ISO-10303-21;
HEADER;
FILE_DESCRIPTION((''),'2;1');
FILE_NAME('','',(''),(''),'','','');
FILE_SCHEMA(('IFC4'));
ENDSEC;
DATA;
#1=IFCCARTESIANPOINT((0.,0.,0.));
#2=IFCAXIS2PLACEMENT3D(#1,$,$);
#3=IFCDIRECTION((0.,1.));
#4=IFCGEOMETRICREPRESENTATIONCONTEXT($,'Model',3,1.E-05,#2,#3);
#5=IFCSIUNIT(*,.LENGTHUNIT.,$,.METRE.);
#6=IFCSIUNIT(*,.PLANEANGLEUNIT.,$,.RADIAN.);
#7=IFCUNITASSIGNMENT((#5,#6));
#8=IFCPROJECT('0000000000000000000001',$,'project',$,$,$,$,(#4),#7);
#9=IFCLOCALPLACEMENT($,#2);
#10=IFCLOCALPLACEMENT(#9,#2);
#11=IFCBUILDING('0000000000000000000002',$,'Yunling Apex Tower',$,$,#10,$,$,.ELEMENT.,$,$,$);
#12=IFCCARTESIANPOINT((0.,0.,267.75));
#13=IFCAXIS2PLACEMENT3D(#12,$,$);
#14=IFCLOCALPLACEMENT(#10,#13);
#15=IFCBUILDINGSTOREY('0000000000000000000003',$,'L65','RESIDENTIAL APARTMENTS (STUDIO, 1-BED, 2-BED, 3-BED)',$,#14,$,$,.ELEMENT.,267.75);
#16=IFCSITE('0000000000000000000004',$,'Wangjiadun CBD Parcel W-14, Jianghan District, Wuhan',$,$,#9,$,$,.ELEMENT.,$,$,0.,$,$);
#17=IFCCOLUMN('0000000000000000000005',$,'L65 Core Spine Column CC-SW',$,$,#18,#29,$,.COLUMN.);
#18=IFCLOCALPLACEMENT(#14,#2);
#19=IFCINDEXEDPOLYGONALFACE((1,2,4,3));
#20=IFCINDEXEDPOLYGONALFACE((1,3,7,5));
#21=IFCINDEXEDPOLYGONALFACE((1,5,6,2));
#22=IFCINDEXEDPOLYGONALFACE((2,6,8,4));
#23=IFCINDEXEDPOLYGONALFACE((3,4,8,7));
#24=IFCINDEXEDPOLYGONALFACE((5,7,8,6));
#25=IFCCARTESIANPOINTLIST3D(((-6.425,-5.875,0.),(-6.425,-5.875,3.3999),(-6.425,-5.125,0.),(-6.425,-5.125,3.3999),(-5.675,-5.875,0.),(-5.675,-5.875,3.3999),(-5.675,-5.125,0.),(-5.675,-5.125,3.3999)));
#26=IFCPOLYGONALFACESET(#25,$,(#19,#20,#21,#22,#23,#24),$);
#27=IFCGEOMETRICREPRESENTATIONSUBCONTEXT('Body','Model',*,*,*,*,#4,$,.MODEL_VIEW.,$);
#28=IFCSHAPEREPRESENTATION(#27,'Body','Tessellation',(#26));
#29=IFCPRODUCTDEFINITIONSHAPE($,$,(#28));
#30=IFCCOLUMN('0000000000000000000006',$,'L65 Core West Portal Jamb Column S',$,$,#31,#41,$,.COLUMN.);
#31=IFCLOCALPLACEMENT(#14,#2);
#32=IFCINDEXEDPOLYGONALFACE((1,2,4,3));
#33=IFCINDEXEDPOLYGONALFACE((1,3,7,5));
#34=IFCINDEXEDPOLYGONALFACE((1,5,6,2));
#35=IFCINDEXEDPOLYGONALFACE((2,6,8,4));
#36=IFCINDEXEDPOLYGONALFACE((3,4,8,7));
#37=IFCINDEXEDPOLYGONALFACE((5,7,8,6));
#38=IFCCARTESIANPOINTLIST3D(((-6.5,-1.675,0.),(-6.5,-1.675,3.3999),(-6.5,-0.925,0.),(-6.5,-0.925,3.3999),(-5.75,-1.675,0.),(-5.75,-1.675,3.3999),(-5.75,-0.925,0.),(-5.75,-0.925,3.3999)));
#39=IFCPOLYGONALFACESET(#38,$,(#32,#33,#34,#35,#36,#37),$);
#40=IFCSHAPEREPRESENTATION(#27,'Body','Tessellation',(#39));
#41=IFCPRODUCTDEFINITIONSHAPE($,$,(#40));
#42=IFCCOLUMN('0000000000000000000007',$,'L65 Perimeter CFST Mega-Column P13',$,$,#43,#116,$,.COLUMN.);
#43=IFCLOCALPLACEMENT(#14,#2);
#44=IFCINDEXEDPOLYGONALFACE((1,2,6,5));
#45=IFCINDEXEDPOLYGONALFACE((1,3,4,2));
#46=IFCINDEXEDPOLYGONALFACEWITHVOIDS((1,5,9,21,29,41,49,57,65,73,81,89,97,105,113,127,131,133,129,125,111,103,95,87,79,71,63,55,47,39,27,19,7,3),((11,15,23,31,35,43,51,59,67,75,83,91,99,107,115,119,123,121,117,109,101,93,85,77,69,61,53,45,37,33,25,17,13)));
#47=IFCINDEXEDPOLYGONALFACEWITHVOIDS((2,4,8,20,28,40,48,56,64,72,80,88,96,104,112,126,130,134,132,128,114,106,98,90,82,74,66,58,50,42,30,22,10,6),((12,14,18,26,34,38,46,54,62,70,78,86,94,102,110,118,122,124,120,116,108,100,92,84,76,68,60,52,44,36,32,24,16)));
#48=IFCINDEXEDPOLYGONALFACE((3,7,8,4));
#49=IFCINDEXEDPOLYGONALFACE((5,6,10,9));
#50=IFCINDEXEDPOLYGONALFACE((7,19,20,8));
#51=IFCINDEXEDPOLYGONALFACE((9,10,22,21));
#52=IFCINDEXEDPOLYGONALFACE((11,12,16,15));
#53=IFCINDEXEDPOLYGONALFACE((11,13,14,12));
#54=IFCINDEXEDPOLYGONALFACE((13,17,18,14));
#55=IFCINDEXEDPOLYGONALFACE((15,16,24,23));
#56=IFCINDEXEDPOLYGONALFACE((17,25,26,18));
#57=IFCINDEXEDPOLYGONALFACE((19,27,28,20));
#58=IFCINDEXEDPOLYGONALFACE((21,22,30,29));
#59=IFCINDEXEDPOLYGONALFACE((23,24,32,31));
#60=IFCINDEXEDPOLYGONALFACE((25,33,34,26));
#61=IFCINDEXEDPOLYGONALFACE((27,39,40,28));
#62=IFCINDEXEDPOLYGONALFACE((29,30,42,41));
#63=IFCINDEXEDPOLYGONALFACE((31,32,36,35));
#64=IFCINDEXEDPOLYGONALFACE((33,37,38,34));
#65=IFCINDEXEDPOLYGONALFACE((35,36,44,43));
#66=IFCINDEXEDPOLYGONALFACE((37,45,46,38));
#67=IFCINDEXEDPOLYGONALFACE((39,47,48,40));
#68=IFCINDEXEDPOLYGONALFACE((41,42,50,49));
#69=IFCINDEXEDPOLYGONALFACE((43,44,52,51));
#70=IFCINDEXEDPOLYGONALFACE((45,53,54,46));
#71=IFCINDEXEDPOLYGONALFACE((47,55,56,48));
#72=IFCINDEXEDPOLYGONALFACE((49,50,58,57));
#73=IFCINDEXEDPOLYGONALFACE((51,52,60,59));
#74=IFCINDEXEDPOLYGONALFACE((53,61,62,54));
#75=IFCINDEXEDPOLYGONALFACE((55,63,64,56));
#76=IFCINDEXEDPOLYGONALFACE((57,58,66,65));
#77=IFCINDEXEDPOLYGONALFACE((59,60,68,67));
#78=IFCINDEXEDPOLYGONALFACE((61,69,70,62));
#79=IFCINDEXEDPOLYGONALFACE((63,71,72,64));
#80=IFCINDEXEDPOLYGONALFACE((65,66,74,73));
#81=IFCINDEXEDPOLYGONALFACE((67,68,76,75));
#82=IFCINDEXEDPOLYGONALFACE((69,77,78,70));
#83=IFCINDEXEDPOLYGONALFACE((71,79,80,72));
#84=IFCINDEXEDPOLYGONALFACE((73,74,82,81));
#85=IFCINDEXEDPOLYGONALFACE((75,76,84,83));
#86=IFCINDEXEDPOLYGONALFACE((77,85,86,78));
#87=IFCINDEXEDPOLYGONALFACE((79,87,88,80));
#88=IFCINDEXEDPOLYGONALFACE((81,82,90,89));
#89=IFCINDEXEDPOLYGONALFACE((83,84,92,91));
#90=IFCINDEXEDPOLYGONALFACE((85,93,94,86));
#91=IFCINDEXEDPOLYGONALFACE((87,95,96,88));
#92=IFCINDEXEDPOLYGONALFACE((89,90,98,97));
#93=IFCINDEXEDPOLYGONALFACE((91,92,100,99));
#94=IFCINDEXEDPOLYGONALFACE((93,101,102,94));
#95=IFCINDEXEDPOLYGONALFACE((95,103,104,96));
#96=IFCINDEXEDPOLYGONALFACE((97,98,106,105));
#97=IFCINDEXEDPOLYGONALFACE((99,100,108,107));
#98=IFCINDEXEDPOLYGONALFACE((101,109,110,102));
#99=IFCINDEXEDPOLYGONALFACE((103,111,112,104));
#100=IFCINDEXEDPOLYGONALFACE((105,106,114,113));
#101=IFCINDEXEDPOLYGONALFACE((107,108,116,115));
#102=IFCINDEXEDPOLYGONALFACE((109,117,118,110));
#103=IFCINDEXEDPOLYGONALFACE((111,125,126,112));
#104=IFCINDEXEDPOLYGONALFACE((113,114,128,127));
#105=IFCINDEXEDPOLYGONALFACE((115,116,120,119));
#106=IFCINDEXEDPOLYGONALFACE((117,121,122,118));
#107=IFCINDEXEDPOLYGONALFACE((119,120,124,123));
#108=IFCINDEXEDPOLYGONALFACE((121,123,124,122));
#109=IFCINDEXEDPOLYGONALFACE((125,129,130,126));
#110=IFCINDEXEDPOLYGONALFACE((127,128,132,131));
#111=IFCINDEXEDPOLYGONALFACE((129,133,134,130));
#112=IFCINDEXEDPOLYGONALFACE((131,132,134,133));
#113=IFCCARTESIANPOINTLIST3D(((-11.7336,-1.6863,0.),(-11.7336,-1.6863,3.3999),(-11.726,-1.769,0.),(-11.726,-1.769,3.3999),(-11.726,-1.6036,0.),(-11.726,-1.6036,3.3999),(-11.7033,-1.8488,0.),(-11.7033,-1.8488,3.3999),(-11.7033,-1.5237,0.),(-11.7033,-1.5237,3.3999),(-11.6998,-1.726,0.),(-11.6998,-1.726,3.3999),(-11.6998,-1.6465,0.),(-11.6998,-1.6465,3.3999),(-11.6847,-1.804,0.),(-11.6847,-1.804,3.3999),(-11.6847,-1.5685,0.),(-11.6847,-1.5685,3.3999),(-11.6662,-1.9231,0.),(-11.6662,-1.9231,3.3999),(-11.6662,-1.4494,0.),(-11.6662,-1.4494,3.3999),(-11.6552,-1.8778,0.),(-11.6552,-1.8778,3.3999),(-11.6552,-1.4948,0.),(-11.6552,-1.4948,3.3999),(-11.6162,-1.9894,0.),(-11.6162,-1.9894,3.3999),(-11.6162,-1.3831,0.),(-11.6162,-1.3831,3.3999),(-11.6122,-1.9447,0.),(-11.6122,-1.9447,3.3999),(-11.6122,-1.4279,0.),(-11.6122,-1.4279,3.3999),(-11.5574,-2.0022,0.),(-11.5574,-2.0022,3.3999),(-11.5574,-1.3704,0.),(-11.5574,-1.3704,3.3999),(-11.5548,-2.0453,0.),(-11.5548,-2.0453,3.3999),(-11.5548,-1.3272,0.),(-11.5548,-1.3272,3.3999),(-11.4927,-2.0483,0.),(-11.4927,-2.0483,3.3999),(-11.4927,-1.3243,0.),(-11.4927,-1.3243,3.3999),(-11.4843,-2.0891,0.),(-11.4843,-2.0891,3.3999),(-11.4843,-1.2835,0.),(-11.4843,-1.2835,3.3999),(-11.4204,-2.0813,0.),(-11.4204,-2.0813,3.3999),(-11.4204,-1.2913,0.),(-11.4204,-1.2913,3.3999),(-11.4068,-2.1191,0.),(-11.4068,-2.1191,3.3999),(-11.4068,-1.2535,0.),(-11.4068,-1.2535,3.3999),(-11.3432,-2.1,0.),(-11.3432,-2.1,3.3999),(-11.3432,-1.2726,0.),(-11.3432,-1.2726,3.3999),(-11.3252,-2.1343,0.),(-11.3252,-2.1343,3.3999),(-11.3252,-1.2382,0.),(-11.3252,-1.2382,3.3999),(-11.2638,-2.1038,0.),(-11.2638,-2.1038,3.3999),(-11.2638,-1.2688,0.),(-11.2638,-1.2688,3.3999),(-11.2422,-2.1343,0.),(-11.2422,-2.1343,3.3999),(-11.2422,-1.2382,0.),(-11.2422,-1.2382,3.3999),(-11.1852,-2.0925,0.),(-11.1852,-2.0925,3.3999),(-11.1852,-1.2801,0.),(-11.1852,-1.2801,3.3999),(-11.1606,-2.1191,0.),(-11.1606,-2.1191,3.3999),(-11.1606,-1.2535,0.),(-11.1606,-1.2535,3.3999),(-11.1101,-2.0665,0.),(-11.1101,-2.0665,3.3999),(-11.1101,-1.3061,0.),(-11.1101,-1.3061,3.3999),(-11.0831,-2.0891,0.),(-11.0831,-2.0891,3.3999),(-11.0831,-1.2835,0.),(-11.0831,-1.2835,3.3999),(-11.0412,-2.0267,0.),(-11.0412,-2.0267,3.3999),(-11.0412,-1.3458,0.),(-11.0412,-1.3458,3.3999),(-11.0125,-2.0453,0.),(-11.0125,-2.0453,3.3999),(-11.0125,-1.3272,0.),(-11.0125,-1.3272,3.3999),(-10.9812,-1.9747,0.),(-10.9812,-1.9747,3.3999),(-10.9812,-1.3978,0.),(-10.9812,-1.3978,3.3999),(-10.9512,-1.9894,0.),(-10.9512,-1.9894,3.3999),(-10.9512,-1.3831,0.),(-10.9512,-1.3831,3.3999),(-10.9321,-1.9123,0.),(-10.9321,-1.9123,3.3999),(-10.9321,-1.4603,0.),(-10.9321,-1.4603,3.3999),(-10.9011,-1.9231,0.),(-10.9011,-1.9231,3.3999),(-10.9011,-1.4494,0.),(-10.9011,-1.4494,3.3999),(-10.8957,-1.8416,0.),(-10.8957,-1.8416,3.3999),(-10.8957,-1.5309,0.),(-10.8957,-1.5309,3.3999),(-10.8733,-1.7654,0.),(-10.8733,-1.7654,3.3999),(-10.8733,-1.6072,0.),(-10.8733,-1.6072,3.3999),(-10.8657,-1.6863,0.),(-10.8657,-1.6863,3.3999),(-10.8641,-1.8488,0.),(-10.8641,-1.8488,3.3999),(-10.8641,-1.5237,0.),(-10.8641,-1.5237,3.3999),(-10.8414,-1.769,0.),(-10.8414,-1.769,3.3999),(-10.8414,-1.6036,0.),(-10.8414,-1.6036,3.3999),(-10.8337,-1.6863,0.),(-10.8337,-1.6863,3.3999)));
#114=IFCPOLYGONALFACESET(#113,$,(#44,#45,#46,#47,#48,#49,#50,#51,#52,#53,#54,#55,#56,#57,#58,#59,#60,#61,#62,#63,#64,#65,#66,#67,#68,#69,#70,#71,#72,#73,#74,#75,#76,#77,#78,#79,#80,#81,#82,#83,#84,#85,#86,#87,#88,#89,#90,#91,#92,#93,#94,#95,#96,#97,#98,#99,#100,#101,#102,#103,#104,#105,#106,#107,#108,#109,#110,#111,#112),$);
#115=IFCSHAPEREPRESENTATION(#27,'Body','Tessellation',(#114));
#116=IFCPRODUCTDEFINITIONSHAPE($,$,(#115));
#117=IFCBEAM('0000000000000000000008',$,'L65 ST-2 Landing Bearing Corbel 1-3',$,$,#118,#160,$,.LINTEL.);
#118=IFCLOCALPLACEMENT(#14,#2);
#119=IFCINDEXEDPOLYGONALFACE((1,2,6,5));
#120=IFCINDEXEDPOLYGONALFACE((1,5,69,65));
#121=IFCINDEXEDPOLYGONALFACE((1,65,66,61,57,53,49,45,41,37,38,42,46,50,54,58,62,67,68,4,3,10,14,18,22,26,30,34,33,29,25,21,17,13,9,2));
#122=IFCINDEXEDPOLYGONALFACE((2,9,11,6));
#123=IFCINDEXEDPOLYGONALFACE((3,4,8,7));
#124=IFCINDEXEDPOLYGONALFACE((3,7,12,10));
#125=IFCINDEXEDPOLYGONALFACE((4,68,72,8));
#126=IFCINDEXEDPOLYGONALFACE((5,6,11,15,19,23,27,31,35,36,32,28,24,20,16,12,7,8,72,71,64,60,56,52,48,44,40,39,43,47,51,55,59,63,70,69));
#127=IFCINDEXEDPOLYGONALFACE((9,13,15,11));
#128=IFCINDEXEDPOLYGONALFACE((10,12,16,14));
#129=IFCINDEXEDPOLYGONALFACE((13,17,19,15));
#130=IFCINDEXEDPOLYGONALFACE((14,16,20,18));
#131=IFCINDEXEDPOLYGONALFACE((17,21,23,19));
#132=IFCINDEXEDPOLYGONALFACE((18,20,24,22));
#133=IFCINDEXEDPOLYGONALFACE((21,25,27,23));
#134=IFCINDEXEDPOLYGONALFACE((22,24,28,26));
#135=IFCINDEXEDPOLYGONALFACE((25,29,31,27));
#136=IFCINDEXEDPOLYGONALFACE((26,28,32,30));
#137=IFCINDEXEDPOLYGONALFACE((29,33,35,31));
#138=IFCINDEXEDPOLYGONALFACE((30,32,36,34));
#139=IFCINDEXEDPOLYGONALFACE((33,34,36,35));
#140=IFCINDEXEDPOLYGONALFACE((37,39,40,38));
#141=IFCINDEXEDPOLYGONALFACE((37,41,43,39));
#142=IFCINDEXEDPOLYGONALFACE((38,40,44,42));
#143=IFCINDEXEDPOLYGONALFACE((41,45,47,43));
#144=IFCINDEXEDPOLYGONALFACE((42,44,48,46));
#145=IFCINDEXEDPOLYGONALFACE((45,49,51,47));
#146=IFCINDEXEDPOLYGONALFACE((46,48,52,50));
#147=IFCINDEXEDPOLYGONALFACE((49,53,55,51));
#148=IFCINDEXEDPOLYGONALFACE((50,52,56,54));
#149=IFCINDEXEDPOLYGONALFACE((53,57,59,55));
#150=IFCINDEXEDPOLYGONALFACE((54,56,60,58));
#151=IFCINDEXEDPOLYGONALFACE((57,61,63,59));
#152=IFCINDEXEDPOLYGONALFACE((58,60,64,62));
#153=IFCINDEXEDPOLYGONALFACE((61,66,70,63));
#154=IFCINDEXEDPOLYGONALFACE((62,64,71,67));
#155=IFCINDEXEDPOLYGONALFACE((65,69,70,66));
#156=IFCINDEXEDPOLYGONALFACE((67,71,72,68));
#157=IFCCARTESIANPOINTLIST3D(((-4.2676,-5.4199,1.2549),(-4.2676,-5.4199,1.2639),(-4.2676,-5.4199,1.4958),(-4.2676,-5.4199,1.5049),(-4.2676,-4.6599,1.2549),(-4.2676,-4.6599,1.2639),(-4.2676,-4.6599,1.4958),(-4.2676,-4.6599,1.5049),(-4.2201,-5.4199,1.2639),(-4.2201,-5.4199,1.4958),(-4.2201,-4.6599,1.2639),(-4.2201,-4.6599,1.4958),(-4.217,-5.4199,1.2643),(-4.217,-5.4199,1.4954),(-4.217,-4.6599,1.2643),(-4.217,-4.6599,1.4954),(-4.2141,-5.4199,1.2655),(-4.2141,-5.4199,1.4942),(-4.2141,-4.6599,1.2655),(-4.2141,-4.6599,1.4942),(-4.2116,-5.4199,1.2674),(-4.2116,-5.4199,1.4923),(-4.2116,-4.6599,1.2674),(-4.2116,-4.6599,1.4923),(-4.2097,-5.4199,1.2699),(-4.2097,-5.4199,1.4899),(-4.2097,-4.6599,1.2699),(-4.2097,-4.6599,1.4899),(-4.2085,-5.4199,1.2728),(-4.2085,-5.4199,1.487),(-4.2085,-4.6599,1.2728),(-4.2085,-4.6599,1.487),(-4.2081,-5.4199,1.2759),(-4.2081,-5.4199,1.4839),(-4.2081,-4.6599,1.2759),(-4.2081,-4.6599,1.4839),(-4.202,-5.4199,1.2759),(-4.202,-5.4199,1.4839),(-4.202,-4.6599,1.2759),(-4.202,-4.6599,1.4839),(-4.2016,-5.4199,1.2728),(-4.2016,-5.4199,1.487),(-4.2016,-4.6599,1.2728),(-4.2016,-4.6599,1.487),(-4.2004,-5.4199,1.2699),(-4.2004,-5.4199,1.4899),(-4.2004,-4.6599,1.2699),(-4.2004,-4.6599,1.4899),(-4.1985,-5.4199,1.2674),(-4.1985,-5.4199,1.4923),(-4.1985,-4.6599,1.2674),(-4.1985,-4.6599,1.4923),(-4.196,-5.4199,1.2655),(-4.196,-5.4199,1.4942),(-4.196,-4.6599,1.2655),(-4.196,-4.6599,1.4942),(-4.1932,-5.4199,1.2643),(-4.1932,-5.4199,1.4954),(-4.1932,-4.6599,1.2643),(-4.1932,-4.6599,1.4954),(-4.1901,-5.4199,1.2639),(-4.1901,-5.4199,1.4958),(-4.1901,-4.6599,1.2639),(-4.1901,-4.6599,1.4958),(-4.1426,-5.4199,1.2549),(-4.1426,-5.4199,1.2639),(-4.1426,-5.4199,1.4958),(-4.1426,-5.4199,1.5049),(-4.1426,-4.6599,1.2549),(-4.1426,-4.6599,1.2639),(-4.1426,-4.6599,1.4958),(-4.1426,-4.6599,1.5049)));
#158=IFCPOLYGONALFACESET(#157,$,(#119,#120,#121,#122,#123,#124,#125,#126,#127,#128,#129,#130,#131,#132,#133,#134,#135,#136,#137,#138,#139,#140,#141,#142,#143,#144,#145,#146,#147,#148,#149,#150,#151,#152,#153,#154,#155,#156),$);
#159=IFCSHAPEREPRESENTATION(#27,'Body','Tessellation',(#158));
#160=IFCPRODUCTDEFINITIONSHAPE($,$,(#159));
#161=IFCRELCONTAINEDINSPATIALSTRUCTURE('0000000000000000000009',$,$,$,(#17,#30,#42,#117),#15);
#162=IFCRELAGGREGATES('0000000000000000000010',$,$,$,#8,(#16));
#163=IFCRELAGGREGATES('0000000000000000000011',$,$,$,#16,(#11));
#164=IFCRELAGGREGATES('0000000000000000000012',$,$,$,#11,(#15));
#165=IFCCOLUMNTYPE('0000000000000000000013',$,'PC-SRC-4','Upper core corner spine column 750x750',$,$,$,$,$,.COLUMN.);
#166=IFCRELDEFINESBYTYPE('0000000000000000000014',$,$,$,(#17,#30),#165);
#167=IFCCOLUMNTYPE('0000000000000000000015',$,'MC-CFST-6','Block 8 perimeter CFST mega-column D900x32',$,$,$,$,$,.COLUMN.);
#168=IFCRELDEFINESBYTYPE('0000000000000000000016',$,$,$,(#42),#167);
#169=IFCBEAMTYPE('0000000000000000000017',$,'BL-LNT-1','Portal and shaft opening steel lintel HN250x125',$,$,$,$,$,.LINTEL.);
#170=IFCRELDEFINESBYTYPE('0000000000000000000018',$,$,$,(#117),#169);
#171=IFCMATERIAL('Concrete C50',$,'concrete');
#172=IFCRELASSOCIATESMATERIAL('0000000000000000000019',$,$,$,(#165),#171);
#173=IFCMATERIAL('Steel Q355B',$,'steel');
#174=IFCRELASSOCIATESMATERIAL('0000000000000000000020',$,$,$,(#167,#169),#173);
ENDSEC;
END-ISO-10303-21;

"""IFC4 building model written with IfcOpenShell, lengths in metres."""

from ifc_helpers import new_model, si_unit, direction, frame, origin, origin_2d, place, context, subcontext, project, spatial, rectangle, hollow_circle, i_section, extrude, source, transform, mapped, material, material_profile, profile_set, type_object, element, save


model = new_model("IFC4")

# Units and contexts
model_context = context("Model", 3, precision=1e-05, world=origin(), true_north=direction((0.0, 1.0)))
body_context = subcontext(model_context, "Body", "Model", "MODEL_VIEW")
ifc_project = project(units=[si_unit("LENGTHUNIT", "METRE"), si_unit("PLANEANGLEUNIT", "RADIAN")], contexts=[model_context])

# Site, building, storey
site_placement = place(None, origin())
site = spatial("IfcSite", under=ifc_project, at=site_placement, Name="Wangjiadun CBD Parcel W-14, Jianghan District, Wuhan", CompositionType="ELEMENT", RefElevation=0.0)
building_placement = place(site_placement, origin())
building = spatial("IfcBuilding", under=site, at=building_placement, Name="Yunling Apex Tower", CompositionType="ELEMENT")
storey_placement = place(building_placement, frame((0.0, 0.0, 267.75)))
storey = spatial("IfcBuildingStorey", under=building, at=storey_placement, Name="L65", Description="RESIDENTIAL APARTMENTS (STUDIO, 1-BED, 2-BED, 3-BED)", CompositionType="ELEMENT", Elevation=267.75)

# Columns
ifc_material_1 = material(Name="Concrete C50", Category="concrete")
ifc_material_profile_1 = material_profile(ifc_material_1, rectangle(XDim=0.75, YDim=0.75, at=origin_2d()))
ifc_profile_set_1 = profile_set([ifc_material_profile_1], Name="Concrete C50")
column_type_1 = type_object("IfcColumnType", Name="PC-SRC-4", Description="Upper core corner spine column 750x750", PredefinedType="COLUMN", material=ifc_profile_set_1)
shared_shape_1 = source(origin(), body_context, "Body", "SweptSolid", [
    extrude(rectangle(XDim=0.75, YDim=0.75, at=origin_2d()), origin(), (0.0, 0.0, 1.0), 3.3999),
])
for number, where, z_axis, x_axis, name in (
    (1, (-6.05, -5.5, 0.0), (0.0, 0.0, 1.0), (1.0, 0.0, 0.0), "L65 Core Spine Column CC-SW"),
    (2, (-6.125, -1.3, 0.0), (0.0, 0.0, 1.0), (1.0, 0.0, 0.0), "L65 Core West Portal Jamb Column S"),
):
    element("IfcColumn", number, at=place(storey_placement, frame(where, z_axis=z_axis, x_axis=x_axis)), inside=storey, type_object=column_type_1, Name=name, PredefinedType="COLUMN", context=body_context, shape_type="MappedRepresentation", body=[
        mapped(shared_shape_1, transform((0.0, 0.0, 0.0), scale=1.0)),
    ])
ifc_material_2 = material(Name="Steel Q355B", Category="steel")
ifc_material_profile_2 = material_profile(ifc_material_2, hollow_circle(Radius=0.45, WallThickness=0.032, at=origin_2d()))
ifc_profile_set_2 = profile_set([ifc_material_profile_2], Name="Steel Q355B")
column_type_2 = type_object("IfcColumnType", Name="MC-CFST-6", Description="Block 8 perimeter CFST mega-column D900x32", PredefinedType="COLUMN", material=ifc_profile_set_2)
shared_shape_2 = source(origin(), body_context, "Body", "SweptSolid", [
    extrude(hollow_circle(Radius=0.45, WallThickness=0.032, at=origin_2d()), origin(), (0.0, 0.0, 1.0), 3.3999),
])
column_placement = place(storey_placement, frame((-11.2837, -1.6863, 0.0), z_axis=(0.0, 0.0, 1.0), x_axis=(1.0, 0.0, 0.0)))
element("IfcColumn", 3, at=column_placement, inside=storey, type_object=column_type_2, Name="L65 Perimeter CFST Mega-Column P13", PredefinedType="COLUMN", context=body_context, shape_type="MappedRepresentation", body=[
    mapped(shared_shape_2, transform((0.0, 0.0, 0.0), scale=1.0)),
])

# Beam
ifc_material_profile_3 = material_profile(ifc_material_2, i_section(OverallWidth=0.125, OverallDepth=0.25, WebThickness=0.0061, FlangeThickness=0.009, FilletRadius=0.012, at=origin_2d()))
ifc_profile_set_3 = profile_set([ifc_material_profile_3], Name="Steel Q355B")
beam_type_1 = type_object("IfcBeamType", Name="BL-LNT-1", Description="Portal and shaft opening steel lintel HN250x125", PredefinedType="LINTEL", material=ifc_profile_set_3)
shared_shape_3 = source(origin(), body_context, "Body", "SweptSolid", [
    extrude(i_section(OverallWidth=0.125, OverallDepth=0.25, WebThickness=0.0061, FlangeThickness=0.009, FilletRadius=0.012, at=origin_2d()), origin(), (0.0, 0.0, 1.0), 0.76),
])
beam_1_placement = place(storey_placement, frame((-4.2051, -5.4199, 1.3799), z_axis=(0.0, 1.0, 0.0), x_axis=(-1.0, 0.0, 0.0)))
element("IfcBeam", 4, at=beam_1_placement, inside=storey, type_object=beam_type_1, Name="L65 ST-2 Landing Bearing Corbel 1-3", PredefinedType="LINTEL", context=body_context, shape_type="MappedRepresentation", body=[
    mapped(shared_shape_3, transform((0.0, 0.0, 0.0), scale=1.0)),
])

save(model, "model.ifc")
